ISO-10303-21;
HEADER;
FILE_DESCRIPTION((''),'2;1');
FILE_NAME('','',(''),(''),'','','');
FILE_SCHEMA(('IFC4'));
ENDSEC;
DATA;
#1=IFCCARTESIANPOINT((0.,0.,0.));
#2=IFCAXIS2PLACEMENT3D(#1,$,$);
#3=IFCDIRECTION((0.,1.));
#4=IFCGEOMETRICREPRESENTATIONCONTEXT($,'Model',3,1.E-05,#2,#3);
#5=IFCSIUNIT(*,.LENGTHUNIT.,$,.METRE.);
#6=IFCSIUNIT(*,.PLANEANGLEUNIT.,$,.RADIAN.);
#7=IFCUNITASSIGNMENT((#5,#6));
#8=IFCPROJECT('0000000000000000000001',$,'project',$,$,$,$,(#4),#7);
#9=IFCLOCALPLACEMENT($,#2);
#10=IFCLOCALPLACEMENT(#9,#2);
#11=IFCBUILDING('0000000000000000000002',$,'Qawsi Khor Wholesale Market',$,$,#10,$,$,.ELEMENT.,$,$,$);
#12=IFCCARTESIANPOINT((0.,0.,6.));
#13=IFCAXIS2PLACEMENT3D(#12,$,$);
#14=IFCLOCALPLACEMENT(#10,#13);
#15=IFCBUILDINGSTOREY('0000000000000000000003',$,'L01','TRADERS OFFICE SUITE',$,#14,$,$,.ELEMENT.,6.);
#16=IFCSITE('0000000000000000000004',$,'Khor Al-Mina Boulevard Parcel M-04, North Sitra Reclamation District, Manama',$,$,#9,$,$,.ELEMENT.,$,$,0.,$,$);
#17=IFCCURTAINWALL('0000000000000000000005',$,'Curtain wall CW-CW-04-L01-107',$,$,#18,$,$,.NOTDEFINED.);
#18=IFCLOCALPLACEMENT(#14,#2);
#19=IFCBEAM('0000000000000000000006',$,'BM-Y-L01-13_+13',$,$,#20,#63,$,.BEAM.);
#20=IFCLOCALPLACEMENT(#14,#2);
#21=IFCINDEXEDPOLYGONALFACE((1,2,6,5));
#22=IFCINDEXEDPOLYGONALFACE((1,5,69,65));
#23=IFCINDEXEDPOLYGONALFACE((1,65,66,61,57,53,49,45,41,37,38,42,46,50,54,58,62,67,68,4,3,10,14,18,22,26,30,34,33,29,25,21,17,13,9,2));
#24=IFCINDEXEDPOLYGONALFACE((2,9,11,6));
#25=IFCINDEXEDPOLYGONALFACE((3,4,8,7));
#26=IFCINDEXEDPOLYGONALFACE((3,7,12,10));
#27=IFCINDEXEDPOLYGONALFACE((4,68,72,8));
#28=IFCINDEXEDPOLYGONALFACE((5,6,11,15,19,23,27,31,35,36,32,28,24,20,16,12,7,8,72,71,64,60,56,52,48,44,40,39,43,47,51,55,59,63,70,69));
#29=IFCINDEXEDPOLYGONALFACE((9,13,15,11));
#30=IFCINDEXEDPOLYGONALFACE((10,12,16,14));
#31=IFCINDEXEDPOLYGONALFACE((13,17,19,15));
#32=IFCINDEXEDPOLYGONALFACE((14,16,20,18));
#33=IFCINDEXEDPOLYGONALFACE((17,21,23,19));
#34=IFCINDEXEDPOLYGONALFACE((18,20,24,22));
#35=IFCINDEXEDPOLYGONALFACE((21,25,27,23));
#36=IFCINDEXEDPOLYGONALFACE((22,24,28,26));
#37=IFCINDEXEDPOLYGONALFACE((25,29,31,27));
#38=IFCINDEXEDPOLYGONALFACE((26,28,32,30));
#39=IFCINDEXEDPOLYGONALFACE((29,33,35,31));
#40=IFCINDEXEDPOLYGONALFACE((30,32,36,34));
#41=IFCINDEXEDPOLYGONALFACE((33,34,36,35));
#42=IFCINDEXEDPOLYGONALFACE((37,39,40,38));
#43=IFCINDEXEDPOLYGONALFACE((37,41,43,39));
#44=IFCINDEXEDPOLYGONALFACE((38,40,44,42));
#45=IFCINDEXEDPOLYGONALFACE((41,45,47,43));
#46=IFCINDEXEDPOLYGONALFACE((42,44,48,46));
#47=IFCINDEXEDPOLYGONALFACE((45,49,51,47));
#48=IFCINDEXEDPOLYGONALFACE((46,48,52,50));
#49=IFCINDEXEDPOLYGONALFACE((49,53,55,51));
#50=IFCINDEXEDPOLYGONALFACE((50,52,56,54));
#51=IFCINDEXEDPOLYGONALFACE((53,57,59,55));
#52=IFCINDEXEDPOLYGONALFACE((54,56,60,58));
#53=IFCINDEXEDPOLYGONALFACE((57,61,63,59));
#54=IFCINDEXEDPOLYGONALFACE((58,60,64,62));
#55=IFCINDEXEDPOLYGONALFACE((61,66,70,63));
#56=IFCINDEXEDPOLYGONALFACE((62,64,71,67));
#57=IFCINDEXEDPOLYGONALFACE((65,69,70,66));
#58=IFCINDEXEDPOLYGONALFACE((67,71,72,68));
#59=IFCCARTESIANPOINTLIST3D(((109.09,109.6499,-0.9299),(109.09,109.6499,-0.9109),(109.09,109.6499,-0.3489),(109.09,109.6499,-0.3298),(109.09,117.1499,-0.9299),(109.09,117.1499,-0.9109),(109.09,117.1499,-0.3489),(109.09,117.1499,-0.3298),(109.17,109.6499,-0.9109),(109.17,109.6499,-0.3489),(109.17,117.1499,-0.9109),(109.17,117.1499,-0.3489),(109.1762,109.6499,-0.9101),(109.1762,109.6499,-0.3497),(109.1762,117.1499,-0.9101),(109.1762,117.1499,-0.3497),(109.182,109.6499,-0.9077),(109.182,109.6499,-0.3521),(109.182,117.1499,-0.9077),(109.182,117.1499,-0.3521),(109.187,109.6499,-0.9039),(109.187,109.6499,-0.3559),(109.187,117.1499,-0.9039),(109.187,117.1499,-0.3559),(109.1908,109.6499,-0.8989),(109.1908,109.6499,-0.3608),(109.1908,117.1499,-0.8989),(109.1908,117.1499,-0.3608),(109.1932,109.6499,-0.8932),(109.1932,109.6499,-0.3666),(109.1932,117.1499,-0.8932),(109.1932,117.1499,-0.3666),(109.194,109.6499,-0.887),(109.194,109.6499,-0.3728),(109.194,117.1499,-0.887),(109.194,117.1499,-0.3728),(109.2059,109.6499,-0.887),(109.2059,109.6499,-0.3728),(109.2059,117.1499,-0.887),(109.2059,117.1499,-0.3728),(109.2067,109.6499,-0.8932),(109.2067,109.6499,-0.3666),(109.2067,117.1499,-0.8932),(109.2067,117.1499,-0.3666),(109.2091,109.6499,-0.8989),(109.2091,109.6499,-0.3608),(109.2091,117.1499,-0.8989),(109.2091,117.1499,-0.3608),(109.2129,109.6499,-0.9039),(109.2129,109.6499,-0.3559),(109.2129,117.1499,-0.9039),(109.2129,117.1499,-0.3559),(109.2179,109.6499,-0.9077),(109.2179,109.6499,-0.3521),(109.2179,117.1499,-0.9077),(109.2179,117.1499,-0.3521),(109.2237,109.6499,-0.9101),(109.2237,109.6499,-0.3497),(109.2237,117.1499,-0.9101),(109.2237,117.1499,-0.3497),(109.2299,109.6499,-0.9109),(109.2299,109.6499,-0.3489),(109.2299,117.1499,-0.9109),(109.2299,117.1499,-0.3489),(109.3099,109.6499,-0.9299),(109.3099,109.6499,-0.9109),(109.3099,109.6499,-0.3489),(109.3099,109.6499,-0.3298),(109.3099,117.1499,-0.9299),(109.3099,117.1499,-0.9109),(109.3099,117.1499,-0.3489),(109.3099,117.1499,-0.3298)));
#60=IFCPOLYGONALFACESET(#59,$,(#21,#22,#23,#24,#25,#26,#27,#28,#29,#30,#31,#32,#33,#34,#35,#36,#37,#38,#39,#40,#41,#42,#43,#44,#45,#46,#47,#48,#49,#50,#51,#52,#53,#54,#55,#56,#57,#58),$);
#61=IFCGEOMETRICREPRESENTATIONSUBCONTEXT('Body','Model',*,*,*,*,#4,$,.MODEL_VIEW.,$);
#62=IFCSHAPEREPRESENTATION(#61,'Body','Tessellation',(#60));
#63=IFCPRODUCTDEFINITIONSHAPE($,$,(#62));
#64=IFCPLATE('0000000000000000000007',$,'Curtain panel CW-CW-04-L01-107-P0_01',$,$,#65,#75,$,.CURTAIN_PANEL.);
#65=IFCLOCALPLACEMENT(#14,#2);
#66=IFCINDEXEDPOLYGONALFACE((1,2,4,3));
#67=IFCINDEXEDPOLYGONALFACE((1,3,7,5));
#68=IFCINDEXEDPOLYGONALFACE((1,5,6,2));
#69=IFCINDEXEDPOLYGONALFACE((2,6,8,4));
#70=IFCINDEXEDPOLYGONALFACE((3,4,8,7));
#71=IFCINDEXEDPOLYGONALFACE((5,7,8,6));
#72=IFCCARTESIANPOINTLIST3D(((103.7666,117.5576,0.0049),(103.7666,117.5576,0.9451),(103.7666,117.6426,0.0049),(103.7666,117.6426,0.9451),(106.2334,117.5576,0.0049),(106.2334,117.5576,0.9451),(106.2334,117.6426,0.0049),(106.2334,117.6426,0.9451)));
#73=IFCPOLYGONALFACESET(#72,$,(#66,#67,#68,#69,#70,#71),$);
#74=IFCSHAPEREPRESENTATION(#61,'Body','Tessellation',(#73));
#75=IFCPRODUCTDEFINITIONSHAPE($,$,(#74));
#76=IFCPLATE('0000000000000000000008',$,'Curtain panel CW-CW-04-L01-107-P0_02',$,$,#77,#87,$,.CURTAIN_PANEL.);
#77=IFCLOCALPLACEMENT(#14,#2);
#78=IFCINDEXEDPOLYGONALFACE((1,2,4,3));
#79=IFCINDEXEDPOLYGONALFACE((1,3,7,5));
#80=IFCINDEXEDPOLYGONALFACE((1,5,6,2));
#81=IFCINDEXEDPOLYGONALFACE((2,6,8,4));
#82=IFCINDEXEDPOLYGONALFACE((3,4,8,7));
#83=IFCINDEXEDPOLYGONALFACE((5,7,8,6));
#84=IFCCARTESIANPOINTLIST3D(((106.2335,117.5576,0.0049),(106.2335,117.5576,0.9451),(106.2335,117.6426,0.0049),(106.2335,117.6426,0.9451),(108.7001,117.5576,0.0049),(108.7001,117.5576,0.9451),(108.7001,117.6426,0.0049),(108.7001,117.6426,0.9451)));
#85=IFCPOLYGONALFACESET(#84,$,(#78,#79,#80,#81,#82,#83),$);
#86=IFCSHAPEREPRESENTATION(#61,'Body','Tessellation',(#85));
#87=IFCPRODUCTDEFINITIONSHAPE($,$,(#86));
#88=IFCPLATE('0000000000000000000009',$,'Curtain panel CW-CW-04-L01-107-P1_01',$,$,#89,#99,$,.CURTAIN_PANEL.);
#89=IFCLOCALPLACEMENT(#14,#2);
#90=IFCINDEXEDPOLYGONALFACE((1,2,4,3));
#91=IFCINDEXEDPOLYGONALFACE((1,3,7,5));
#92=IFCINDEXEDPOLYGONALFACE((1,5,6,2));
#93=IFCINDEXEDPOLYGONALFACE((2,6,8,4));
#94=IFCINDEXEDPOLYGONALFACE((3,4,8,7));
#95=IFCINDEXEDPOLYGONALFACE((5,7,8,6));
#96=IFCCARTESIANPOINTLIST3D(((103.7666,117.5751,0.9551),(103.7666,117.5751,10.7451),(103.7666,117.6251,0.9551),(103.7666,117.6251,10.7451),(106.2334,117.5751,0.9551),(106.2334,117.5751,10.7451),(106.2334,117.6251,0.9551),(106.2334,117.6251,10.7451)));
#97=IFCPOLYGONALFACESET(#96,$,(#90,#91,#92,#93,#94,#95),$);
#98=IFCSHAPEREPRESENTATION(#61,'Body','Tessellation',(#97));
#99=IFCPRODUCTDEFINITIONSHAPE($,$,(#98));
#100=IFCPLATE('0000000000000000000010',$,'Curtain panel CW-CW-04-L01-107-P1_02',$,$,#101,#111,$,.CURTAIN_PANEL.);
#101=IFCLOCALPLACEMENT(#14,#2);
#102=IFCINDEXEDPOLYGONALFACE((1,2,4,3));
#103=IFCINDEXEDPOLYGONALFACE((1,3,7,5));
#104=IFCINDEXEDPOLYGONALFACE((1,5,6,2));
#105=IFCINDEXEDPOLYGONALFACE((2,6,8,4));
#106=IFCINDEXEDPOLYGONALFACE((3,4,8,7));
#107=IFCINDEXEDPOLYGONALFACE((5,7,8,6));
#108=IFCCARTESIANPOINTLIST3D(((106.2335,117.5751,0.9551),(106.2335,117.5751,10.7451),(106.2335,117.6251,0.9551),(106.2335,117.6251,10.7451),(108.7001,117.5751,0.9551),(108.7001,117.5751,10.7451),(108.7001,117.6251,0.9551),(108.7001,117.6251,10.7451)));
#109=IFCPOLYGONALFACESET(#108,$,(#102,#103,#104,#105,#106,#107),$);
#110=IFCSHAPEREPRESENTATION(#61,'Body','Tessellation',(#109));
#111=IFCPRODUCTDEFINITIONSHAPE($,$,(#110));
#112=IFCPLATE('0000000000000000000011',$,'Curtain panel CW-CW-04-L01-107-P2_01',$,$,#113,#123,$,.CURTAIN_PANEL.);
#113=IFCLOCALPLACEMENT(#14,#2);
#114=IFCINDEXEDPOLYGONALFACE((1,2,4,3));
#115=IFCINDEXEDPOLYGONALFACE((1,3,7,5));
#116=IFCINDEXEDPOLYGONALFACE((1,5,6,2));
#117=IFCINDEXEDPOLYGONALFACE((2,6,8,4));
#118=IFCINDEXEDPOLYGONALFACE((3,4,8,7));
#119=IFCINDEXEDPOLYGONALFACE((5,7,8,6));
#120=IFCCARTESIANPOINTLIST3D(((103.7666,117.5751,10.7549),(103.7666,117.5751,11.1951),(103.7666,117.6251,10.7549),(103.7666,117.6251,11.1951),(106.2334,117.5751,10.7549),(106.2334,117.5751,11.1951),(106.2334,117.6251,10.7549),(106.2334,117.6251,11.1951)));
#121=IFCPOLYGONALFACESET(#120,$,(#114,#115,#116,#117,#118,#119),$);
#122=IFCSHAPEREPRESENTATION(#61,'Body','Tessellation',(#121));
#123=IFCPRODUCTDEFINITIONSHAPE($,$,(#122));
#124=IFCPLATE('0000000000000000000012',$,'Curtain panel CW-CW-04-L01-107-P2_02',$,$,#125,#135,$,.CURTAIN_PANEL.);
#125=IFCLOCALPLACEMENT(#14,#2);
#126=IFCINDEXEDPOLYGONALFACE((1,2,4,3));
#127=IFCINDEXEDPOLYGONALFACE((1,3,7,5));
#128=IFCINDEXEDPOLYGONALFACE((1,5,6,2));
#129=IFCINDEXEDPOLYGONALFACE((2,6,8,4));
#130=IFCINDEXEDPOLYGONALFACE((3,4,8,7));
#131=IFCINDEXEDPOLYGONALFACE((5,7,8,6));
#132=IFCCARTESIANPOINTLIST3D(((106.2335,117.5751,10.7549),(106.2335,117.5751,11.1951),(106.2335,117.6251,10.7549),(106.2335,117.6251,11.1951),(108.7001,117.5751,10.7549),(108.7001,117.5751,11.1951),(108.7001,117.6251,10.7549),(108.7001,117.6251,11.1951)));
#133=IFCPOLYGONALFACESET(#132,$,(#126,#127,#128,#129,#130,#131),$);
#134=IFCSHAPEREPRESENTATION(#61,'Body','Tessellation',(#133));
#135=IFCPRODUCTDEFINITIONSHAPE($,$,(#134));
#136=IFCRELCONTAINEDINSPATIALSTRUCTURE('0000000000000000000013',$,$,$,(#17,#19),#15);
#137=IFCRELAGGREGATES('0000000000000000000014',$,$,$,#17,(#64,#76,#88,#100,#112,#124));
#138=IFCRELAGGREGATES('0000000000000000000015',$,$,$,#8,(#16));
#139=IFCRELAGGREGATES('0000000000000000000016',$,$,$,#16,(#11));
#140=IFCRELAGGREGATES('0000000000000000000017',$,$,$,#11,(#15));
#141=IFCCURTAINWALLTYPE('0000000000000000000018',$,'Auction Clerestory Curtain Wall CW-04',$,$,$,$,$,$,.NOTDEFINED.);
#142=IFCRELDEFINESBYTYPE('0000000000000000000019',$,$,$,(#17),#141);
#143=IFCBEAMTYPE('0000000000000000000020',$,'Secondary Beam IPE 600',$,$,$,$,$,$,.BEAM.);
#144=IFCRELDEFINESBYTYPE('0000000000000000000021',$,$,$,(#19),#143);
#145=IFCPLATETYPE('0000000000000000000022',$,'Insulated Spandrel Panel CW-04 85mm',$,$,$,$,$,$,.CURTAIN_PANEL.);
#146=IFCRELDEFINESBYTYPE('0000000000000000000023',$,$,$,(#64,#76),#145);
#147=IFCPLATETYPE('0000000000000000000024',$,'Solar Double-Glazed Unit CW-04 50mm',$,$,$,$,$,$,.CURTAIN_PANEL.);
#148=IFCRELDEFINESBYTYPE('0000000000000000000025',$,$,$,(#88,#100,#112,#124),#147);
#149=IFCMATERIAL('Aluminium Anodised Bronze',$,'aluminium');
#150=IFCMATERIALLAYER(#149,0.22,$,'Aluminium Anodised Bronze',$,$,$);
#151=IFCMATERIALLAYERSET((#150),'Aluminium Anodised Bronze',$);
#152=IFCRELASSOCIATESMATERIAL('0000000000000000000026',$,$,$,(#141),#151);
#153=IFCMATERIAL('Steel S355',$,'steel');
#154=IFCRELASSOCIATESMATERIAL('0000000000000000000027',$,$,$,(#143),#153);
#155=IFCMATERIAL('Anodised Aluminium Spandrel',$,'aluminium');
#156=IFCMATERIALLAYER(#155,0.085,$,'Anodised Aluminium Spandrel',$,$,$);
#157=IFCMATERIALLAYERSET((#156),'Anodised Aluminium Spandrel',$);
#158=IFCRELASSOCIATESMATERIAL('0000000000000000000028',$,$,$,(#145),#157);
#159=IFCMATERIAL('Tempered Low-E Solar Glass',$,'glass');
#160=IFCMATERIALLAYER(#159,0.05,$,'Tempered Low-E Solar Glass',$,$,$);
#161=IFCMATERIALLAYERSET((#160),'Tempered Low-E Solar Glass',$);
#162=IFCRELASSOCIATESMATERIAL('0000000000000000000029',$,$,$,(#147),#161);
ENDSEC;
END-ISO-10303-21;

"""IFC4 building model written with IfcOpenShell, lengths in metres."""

from ifc_helpers import new_model, si_unit, direction, frame, frame_2d, origin, origin_2d, place, context, subcontext, project, spatial, rectangle, i_section, extrude, material, layer, layer_set, material_profile, profile_set, type_object, element, aggregate, save


model = new_model("IFC4")

# Units and contexts
model_context = context("Model", 3, precision=1e-05, world=origin(), true_north=direction((0.0, 1.0)))
body_context = subcontext(model_context, "Body", "Model", "MODEL_VIEW")
ifc_project = project(units=[si_unit("LENGTHUNIT", "METRE"), si_unit("PLANEANGLEUNIT", "RADIAN")], contexts=[model_context])

# Site, building, storey
site_placement = place(None, origin())
site = spatial("IfcSite", under=ifc_project, at=site_placement, Name="Khor Al-Mina Boulevard Parcel M-04, North Sitra Reclamation District, Manama", CompositionType="ELEMENT", RefElevation=0.0)
building_placement = place(site_placement, origin())
building = spatial("IfcBuilding", under=site, at=building_placement, Name="Qawsi Khor Wholesale Market", CompositionType="ELEMENT")
storey_placement = place(building_placement, frame((0.0, 0.0, 6.0)))
storey = spatial("IfcBuildingStorey", under=building, at=storey_placement, Name="L01", Description="TRADERS OFFICE SUITE", CompositionType="ELEMENT", Elevation=6.0)

# Curtain wall
ifc_material_1 = material(Name="Aluminium Anodised Bronze", Category="aluminium")
ifc_layer_1 = layer(ifc_material_1, 0.22, Name="Aluminium Anodised Bronze")
ifc_layer_set_1 = layer_set([ifc_layer_1], Name="Aluminium Anodised Bronze")
curtain_wall_type = type_object("IfcCurtainWallType", Name="Auction Clerestory Curtain Wall CW-04", PredefinedType="NOTDEFINED", material=ifc_layer_set_1)
curtain_wall_placement = place(storey_placement, origin())
curtain_wall = element("IfcCurtainWall", 1, at=curtain_wall_placement, inside=storey, type_object=curtain_wall_type, Name="Curtain wall CW-CW-04-L01-107", PredefinedType="NOTDEFINED")

# Beam
ifc_material_2 = material(Name="Steel S355", Category="steel")
ifc_material_profile_1 = material_profile(ifc_material_2, i_section(OverallWidth=0.22, OverallDepth=0.6001, WebThickness=0.012, FlangeThickness=0.019, FilletRadius=0.0239, at=origin_2d()), Name="IPE 600")
ifc_profile_set_1 = profile_set([ifc_material_profile_1], Name="Steel S355")
beam_type = type_object("IfcBeamType", Name="Secondary Beam IPE 600", PredefinedType="BEAM", material=ifc_profile_set_1)
beam_placement = place(storey_placement, frame((109.2, 109.6499, -0.6299), z_axis=(0.0, 1.0, 0.0), x_axis=(-1.0, 0.0, 0.0)))
element("IfcBeam", 2, at=beam_placement, inside=storey, type_object=beam_type, Name="BM-Y-L01-13_+13", PredefinedType="BEAM", context=body_context, shape_type="SweptSolid", body=[
    extrude(i_section(OverallWidth=0.22, OverallDepth=0.6001, WebThickness=0.012, FlangeThickness=0.019, FilletRadius=0.0239, at=origin_2d()), origin(), (0.0, 0.0, 1.0), 7.5),
])

# Plates
ifc_material_3 = material(Name="Anodised Aluminium Spandrel", Category="aluminium")
ifc_layer_2 = layer(ifc_material_3, 0.085, Name="Anodised Aluminium Spandrel")
ifc_layer_set_2 = layer_set([ifc_layer_2], Name="Anodised Aluminium Spandrel")
plate_type_1 = type_object("IfcPlateType", Name="Insulated Spandrel Panel CW-04 85mm", PredefinedType="CURTAIN_PANEL", material=ifc_layer_set_2)
plate_1_placement = place(storey_placement, frame((103.7666, 117.6001, 0.0049), z_axis=(0.0, 0.0, 1.0), x_axis=(1.0, 0.0, 0.0)))
plate_1 = element("IfcPlate", 3, at=plate_1_placement, type_object=plate_type_1, Name="Curtain panel CW-CW-04-L01-107-P0_01", PredefinedType="CURTAIN_PANEL", context=body_context, shape_type="SweptSolid", body=[
    extrude(rectangle(XDim=2.4668, YDim=0.085, at=frame_2d((1.2334, 0.0))), origin(), (0.0, 0.0, 1.0), 0.9402),
])
plate_2_placement = place(storey_placement, frame((106.2334, 117.6001, 0.0049), z_axis=(0.0, 0.0, 1.0), x_axis=(1.0, 0.0, 0.0)))
plate_2 = element("IfcPlate", 4, at=plate_2_placement, type_object=plate_type_1, Name="Curtain panel CW-CW-04-L01-107-P0_02", PredefinedType="CURTAIN_PANEL", context=body_context, shape_type="SweptSolid", body=[
    extrude(rectangle(XDim=2.4666, YDim=0.085, at=frame_2d((1.2334, 0.0))), origin(), (0.0, 0.0, 1.0), 0.9402),
])
ifc_material_4 = material(Name="Tempered Low-E Solar Glass", Category="glass")
ifc_layer_3 = layer(ifc_material_4, 0.05, Name="Tempered Low-E Solar Glass")
ifc_layer_set_3 = layer_set([ifc_layer_3], Name="Tempered Low-E Solar Glass")
plate_type_2 = type_object("IfcPlateType", Name="Solar Double-Glazed Unit CW-04 50mm", PredefinedType="CURTAIN_PANEL", material=ifc_layer_set_3)
plate_3_placement = place(storey_placement, frame((103.7666, 117.6001, 0.9551), z_axis=(0.0, 0.0, 1.0), x_axis=(1.0, 0.0, 0.0)))
plate_3 = element("IfcPlate", 5, at=plate_3_placement, type_object=plate_type_2, Name="Curtain panel CW-CW-04-L01-107-P1_01", PredefinedType="CURTAIN_PANEL", context=body_context, shape_type="SweptSolid", body=[
    extrude(rectangle(XDim=2.4668, YDim=0.05, at=frame_2d((1.2334, 0.0))), origin(), (0.0, 0.0, 1.0), 9.79),
])
plate_4_placement = place(storey_placement, frame((106.2334, 117.6001, 0.9551), z_axis=(0.0, 0.0, 1.0), x_axis=(1.0, 0.0, 0.0)))
plate_4 = element("IfcPlate", 6, at=plate_4_placement, type_object=plate_type_2, Name="Curtain panel CW-CW-04-L01-107-P1_02", PredefinedType="CURTAIN_PANEL", context=body_context, shape_type="SweptSolid", body=[
    extrude(rectangle(XDim=2.4666, YDim=0.05, at=frame_2d((1.2334, 0.0))), origin(), (0.0, 0.0, 1.0), 9.79),
])
plate_5_placement = place(storey_placement, frame((103.7666, 117.6001, 10.7549), z_axis=(0.0, 0.0, 1.0), x_axis=(1.0, 0.0, 0.0)))
plate_5 = element("IfcPlate", 7, at=plate_5_placement, type_object=plate_type_2, Name="Curtain panel CW-CW-04-L01-107-P2_01", PredefinedType="CURTAIN_PANEL", context=body_context, shape_type="SweptSolid", body=[
    extrude(rectangle(XDim=2.4668, YDim=0.05, at=frame_2d((1.2334, 0.0))), origin(), (0.0, 0.0, 1.0), 0.4402),
])
plate_6_placement = place(storey_placement, frame((106.2334, 117.6001, 10.7549), z_axis=(0.0, 0.0, 1.0), x_axis=(1.0, 0.0, 0.0)))
plate_6 = element("IfcPlate", 8, at=plate_6_placement, type_object=plate_type_2, Name="Curtain panel CW-CW-04-L01-107-P2_02", PredefinedType="CURTAIN_PANEL", context=body_context, shape_type="SweptSolid", body=[
    extrude(rectangle(XDim=2.4666, YDim=0.05, at=frame_2d((1.2334, 0.0))), origin(), (0.0, 0.0, 1.0), 0.4402),
])
aggregate(curtain_wall, [plate_1, plate_2, plate_3, plate_4, plate_5, plate_6])

save(model, "model.ifc")
